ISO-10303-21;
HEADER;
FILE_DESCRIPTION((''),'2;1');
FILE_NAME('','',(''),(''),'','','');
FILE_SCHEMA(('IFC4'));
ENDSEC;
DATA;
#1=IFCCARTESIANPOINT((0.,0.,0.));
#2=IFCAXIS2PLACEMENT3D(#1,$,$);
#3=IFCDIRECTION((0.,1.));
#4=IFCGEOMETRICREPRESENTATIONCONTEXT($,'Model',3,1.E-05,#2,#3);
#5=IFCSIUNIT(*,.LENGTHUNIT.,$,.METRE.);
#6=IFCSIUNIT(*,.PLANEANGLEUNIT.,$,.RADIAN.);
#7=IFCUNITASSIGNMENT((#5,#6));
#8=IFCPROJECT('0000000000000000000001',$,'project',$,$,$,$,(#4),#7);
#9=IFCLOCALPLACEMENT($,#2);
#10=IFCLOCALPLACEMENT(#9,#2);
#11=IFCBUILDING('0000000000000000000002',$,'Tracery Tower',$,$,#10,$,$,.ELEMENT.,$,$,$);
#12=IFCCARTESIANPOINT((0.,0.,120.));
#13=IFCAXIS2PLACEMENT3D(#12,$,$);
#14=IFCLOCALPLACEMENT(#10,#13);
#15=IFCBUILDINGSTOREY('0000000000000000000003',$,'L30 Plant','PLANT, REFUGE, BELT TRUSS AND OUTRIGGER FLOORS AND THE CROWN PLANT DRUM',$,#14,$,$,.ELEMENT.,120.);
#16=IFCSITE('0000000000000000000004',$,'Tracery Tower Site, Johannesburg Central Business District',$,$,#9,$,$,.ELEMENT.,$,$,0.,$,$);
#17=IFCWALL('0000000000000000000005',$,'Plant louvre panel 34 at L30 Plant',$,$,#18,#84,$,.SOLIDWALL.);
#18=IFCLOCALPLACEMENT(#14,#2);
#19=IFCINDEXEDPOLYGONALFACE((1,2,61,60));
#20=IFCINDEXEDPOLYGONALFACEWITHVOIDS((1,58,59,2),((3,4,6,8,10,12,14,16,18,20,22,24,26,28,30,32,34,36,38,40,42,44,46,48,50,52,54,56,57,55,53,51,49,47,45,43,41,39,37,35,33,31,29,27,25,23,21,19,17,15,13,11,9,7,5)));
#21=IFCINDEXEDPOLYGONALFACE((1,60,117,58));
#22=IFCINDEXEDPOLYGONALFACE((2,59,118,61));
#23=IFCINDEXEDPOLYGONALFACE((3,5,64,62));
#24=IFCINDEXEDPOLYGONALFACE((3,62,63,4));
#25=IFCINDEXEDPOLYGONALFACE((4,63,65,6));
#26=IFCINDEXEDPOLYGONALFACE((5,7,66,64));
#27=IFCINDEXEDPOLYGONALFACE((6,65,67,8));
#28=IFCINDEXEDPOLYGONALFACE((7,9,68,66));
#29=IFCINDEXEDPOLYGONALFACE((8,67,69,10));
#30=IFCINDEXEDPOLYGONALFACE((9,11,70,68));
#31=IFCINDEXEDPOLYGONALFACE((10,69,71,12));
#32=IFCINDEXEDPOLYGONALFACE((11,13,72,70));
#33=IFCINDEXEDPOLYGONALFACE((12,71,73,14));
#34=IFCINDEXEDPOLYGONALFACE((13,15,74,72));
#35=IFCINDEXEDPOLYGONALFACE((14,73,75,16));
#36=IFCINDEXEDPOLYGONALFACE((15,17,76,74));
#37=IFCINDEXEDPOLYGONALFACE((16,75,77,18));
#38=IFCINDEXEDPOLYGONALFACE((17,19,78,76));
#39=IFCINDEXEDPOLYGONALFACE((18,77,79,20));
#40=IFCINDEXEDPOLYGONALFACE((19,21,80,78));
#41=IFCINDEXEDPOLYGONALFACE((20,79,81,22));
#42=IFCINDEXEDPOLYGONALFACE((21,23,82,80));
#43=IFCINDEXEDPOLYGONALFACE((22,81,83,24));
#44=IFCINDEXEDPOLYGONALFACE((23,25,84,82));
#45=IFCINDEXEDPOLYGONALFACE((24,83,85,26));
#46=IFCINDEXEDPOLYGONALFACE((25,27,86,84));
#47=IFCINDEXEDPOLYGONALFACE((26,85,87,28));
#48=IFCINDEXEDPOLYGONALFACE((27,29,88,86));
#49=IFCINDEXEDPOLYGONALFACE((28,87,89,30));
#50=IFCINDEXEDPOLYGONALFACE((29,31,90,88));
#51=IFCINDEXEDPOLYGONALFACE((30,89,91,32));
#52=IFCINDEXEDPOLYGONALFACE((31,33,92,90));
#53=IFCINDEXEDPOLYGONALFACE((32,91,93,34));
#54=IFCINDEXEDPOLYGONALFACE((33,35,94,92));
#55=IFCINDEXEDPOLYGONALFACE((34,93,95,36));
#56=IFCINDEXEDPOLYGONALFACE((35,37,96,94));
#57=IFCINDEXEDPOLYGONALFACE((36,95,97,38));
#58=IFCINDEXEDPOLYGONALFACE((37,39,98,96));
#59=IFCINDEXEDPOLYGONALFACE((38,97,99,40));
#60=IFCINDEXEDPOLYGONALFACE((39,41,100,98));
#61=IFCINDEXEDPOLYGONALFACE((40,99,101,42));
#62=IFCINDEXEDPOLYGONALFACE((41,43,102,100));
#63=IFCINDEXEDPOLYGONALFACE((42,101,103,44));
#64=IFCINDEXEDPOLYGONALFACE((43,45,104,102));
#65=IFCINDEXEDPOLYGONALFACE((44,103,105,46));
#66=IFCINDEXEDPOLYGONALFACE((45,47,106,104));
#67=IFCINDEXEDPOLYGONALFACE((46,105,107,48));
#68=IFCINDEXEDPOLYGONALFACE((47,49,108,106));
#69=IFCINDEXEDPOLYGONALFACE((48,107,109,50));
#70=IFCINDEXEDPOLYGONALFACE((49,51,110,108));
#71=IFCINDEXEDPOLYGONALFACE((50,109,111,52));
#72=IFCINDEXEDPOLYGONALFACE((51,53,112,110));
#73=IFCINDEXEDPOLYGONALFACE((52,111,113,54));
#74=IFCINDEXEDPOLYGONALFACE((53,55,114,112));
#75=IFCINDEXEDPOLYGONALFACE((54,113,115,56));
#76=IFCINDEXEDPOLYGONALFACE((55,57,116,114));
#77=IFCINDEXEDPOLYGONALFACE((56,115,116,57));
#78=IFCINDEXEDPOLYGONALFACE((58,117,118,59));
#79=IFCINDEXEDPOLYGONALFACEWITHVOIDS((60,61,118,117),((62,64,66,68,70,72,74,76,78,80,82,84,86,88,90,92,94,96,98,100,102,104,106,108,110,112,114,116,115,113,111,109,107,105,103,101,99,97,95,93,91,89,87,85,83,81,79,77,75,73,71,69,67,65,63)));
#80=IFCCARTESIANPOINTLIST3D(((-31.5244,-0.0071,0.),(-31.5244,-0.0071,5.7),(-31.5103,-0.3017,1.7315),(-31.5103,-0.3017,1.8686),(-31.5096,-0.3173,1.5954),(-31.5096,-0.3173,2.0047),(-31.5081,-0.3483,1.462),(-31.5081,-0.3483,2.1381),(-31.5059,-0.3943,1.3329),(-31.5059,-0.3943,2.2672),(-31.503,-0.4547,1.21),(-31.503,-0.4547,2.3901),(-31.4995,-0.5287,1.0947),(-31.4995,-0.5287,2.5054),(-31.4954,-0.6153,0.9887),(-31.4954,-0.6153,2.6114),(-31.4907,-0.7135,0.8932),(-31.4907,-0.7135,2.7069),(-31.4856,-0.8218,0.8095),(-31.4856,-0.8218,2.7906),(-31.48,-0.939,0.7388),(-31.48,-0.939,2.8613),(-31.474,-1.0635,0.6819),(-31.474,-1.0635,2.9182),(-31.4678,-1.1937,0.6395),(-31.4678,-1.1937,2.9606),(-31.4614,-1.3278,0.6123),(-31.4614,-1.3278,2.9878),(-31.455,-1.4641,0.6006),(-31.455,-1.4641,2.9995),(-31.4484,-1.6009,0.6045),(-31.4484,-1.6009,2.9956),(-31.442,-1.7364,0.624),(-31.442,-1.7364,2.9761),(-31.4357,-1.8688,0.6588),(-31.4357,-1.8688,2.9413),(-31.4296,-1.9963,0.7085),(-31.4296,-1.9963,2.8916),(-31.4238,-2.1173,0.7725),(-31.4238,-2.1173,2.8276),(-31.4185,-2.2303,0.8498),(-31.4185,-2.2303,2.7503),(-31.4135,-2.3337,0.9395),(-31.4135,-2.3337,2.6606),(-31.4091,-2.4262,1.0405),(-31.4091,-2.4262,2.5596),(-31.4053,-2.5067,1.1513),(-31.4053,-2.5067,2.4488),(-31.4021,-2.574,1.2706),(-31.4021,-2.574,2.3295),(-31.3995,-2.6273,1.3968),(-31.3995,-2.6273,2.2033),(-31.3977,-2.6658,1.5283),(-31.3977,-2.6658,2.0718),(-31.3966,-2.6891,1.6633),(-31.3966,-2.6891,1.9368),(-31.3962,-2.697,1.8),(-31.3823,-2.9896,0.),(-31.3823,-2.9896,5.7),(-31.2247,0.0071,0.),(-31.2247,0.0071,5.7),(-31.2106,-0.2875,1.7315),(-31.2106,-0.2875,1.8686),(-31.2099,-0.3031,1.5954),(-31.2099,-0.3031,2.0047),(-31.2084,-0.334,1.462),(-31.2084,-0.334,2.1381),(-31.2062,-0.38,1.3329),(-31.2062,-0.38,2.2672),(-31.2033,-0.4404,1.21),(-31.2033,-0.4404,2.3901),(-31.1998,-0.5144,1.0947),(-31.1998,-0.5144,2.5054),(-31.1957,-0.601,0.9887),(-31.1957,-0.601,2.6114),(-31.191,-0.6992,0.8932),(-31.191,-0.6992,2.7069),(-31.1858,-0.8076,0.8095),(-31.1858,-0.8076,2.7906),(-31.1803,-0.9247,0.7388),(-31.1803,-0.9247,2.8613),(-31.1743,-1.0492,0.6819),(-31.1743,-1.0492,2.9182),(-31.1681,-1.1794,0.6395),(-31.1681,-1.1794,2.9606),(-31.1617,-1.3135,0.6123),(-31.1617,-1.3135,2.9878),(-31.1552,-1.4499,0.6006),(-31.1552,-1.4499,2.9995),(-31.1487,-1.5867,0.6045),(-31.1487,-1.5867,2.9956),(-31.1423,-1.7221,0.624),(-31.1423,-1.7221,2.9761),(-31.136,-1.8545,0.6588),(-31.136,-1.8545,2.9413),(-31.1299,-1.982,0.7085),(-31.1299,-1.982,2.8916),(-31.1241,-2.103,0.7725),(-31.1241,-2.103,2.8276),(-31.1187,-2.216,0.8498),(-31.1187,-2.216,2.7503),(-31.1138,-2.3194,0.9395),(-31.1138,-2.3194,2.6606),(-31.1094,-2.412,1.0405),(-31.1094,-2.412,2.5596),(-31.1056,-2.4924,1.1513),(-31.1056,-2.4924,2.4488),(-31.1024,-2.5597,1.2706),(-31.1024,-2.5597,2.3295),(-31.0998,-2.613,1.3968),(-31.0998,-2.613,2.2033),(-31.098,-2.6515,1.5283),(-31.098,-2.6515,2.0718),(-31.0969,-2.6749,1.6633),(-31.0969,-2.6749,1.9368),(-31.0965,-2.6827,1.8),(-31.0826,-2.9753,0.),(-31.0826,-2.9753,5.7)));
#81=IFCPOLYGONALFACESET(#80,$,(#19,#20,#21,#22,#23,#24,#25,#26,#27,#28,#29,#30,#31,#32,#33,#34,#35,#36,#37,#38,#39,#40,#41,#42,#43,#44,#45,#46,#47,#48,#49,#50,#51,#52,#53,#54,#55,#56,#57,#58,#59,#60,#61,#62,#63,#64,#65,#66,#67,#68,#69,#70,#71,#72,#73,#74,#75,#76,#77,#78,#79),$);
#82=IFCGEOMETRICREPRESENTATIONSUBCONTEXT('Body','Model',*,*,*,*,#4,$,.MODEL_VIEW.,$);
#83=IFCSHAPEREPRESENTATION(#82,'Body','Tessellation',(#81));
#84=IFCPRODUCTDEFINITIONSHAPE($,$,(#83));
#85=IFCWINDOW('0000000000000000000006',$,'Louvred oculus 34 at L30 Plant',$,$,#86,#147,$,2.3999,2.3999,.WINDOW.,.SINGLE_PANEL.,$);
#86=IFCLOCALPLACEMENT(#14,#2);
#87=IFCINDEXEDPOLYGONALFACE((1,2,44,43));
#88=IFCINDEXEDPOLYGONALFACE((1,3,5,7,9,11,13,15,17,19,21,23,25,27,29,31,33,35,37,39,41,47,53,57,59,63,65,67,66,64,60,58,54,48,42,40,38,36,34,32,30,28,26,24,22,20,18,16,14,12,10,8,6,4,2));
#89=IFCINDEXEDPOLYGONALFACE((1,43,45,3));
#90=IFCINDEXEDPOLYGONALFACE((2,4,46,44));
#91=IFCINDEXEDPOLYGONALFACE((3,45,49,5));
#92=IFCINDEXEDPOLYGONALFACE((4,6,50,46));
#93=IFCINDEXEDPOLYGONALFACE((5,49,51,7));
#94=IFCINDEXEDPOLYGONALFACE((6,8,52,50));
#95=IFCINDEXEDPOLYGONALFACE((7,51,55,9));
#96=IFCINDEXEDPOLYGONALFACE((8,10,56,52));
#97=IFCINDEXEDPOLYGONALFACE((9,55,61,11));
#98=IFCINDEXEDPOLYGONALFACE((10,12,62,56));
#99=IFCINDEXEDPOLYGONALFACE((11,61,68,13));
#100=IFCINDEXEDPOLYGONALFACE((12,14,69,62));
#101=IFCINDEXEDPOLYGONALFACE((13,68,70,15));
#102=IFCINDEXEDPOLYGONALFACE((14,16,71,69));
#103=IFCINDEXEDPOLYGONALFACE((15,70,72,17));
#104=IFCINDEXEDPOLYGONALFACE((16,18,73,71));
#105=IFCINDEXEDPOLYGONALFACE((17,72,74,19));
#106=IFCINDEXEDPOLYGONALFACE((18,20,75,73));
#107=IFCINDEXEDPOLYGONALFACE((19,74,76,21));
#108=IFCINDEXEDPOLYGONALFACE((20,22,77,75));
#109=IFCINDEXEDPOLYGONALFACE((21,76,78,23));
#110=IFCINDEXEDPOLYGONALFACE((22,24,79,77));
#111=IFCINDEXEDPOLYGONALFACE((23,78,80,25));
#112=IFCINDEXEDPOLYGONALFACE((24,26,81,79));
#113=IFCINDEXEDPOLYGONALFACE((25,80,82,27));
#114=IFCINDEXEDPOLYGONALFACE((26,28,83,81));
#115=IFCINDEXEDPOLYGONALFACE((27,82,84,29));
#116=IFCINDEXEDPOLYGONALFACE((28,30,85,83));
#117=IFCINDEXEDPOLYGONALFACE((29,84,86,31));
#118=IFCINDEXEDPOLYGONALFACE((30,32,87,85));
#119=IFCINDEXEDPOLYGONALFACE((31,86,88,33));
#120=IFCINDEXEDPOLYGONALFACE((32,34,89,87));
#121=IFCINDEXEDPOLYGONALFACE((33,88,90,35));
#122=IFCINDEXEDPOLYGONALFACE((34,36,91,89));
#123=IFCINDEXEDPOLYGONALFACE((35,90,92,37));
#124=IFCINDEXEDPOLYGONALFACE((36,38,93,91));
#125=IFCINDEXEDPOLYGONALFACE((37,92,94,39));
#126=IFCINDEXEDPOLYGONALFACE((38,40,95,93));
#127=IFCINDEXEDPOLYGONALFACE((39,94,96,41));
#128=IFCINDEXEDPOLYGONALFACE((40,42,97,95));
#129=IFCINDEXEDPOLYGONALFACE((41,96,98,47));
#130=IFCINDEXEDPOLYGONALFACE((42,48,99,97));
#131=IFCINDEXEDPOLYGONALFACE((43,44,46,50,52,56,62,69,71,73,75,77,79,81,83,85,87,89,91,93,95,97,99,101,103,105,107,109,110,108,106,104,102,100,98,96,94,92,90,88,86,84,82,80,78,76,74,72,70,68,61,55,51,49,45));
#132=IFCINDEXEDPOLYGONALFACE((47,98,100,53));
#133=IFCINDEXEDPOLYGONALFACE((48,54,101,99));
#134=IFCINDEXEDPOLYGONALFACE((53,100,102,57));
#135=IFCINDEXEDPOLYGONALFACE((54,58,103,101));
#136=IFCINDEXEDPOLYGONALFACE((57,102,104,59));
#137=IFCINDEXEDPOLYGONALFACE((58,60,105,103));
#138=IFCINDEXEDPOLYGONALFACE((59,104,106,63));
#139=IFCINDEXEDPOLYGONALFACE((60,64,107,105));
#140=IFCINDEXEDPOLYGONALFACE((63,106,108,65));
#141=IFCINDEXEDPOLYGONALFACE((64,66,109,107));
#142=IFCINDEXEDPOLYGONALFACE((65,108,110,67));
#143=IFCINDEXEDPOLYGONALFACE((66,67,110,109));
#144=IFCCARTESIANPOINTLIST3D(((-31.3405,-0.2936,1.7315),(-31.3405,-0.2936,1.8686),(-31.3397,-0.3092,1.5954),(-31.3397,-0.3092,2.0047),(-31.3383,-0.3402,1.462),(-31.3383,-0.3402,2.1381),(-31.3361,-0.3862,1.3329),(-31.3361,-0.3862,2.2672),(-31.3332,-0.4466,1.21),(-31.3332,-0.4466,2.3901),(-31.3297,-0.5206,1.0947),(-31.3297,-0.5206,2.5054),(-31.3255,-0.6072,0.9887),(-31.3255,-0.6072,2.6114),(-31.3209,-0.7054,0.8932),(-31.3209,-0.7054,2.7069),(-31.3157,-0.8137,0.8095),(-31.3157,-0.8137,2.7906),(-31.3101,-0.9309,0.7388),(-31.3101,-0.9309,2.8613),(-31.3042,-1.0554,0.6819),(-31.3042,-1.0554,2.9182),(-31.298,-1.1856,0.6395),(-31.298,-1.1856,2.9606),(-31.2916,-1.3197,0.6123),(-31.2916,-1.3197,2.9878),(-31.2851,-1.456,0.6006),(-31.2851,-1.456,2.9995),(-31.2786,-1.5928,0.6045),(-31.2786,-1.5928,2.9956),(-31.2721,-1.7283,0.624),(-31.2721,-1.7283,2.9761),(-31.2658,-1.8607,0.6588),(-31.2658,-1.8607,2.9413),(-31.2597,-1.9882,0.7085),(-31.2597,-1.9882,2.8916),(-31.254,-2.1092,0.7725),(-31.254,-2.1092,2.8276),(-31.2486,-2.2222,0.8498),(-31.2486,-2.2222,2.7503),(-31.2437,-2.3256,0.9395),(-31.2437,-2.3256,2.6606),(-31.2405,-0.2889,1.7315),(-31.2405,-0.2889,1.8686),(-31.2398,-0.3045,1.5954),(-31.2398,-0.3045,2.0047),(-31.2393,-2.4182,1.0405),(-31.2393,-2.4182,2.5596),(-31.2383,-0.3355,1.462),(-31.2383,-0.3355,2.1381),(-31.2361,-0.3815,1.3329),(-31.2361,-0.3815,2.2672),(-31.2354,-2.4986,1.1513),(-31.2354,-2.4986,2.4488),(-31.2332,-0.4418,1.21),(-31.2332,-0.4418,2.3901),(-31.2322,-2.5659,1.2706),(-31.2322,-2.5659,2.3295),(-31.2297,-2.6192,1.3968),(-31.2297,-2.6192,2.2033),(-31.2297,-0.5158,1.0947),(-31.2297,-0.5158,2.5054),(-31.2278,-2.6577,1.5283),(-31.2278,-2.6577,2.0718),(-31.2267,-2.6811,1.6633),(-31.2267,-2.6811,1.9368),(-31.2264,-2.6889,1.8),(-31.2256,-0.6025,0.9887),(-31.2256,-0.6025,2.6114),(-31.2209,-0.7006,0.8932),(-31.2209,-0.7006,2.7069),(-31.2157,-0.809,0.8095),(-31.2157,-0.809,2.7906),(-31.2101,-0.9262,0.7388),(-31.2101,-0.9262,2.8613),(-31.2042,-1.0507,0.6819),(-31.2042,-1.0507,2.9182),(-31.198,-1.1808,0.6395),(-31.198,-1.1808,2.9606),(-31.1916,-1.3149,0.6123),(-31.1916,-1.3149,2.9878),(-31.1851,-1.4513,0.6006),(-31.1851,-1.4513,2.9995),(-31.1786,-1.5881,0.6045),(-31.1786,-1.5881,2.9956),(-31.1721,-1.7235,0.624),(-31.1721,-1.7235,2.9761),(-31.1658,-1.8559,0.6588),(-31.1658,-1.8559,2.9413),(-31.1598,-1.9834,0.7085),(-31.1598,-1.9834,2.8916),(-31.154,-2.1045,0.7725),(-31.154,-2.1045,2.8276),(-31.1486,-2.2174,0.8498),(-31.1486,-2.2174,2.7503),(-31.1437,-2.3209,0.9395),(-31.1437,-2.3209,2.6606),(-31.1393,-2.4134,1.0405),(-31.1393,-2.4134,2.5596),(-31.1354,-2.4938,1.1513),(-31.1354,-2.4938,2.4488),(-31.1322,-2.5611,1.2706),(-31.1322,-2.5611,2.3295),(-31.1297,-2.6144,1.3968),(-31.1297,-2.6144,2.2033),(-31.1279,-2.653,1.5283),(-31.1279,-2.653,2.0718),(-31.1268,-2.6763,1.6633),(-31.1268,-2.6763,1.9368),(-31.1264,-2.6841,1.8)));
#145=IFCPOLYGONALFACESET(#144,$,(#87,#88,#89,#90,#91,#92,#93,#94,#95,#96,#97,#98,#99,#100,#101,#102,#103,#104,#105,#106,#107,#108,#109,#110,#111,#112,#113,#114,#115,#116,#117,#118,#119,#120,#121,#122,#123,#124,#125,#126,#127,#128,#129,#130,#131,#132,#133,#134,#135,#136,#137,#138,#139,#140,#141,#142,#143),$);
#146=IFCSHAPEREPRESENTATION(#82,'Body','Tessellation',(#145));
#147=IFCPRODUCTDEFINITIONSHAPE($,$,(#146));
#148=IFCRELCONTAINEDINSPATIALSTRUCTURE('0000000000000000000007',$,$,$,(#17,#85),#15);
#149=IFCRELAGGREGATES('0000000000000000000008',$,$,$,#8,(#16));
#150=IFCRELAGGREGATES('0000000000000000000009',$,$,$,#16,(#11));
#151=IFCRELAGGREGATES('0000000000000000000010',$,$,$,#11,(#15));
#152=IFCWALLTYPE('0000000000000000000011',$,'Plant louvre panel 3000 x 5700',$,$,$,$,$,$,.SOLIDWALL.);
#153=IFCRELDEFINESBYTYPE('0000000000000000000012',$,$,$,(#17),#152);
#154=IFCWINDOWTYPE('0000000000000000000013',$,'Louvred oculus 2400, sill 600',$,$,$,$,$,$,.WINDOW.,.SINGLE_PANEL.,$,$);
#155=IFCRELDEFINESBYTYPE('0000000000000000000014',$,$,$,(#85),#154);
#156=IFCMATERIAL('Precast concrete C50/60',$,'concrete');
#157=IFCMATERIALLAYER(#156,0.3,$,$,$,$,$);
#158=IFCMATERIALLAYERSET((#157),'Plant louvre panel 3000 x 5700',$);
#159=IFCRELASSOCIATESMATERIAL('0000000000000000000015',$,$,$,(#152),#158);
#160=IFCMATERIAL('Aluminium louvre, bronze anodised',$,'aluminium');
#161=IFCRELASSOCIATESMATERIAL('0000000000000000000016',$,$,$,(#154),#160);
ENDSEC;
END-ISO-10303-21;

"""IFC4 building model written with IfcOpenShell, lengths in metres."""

from ifc_helpers import new_model, si_unit, direction, frame, frame_2d, origin, origin_2d, place, context, subcontext, project, spatial, rectangle, circle, extrude, material, layer, layer_set, type_object, element, fill, save


model = new_model("IFC4")

# Units and contexts
model_context = context("Model", 3, precision=1e-05, world=origin(), true_north=direction((0.0, 1.0)))
body_context = subcontext(model_context, "Body", "Model", "MODEL_VIEW")
ifc_project = project(units=[si_unit("LENGTHUNIT", "METRE"), si_unit("PLANEANGLEUNIT", "RADIAN")], contexts=[model_context])

# Site, building, storey
site_placement = place(None, origin())
site = spatial("IfcSite", under=ifc_project, at=site_placement, Name="Tracery Tower Site, Johannesburg Central Business District", CompositionType="ELEMENT", RefElevation=0.0)
building_placement = place(site_placement, origin())
building = spatial("IfcBuilding", under=site, at=building_placement, Name="Tracery Tower", CompositionType="ELEMENT")
storey_placement = place(building_placement, frame((0.0, 0.0, 120.0)))
storey = spatial("IfcBuildingStorey", under=building, at=storey_placement, Name="L30 Plant", Description="PLANT, REFUGE, BELT TRUSS AND OUTRIGGER FLOORS AND THE CROWN PLANT DRUM", CompositionType="ELEMENT", Elevation=120.0)

# Wall, opening, window
ifc_material_1 = material(Name="Precast concrete C50/60", Category="concrete")
ifc_layer_1 = layer(ifc_material_1, 0.3)
ifc_layer_set_1 = layer_set([ifc_layer_1], Name="Plant louvre panel 3000 x 5700")
wall_type_1 = type_object("IfcWallType", Name="Plant louvre panel 3000 x 5700", PredefinedType="SOLIDWALL", material=ifc_layer_set_1)
wall_1_placement = place(storey_placement, frame((-31.3745, 0.0, 0.0), z_axis=(0.0, 0.0, 1.0), x_axis=(0.047588, -0.998867, 0.0)))
wall_1 = element("IfcWall", 1, at=wall_1_placement, inside=storey, type_object=wall_type_1, Name="Plant louvre panel 34 at L30 Plant", PredefinedType="SOLIDWALL", context=body_context, shape_type="SweptSolid", body=[
    extrude(rectangle(XDim=2.9858, YDim=0.3, at=frame_2d((1.4929, 0.0))), origin(), (0.0, 0.0, 1.0), 5.7),
])
opening_1_placement = place(wall_1_placement, frame((1.4929, 0.0, 1.8)))
opening_1 = element("IfcOpeningElement", 2, at=opening_1_placement, cuts=wall_1, PredefinedType="OPENING", context=body_context, shape_type="SweptSolid", body=[
    extrude(circle(Radius=1.2, at=origin_2d()), frame((0.0, 0.1599, 0.0), z_axis=(0.0, -1.0, 0.0), x_axis=(1.0, 0.0, 0.0)), (0.0, 0.0, 1.0), 0.3201),
])
ifc_material_2 = material(Name="Aluminium louvre, bronze anodised", Category="aluminium")
window_type = type_object("IfcWindowType", Name="Louvred oculus 2400, sill 600", PartitioningType="SINGLE_PANEL", PredefinedType="WINDOW", material=ifc_material_2)
window_1_placement = place(opening_1_placement, origin())
window_1 = element("IfcWindow", 3, at=window_1_placement, inside=storey, type_object=window_type, Name="Louvred oculus 34 at L30 Plant", OverallHeight=2.3999, OverallWidth=2.3999, PartitioningType="SINGLE_PANEL", PredefinedType="WINDOW", context=body_context, shape_type="SweptSolid", body=[
    extrude(circle(Radius=1.2, at=origin_2d()), frame((0.0, 0.1201, 0.0), z_axis=(0.0, -1.0, 0.0), x_axis=(1.0, 0.0, 0.0)), (0.0, 0.0, 1.0), 0.1001),
])
fill(opening_1, window_1)

save(model, "model.ifc")
